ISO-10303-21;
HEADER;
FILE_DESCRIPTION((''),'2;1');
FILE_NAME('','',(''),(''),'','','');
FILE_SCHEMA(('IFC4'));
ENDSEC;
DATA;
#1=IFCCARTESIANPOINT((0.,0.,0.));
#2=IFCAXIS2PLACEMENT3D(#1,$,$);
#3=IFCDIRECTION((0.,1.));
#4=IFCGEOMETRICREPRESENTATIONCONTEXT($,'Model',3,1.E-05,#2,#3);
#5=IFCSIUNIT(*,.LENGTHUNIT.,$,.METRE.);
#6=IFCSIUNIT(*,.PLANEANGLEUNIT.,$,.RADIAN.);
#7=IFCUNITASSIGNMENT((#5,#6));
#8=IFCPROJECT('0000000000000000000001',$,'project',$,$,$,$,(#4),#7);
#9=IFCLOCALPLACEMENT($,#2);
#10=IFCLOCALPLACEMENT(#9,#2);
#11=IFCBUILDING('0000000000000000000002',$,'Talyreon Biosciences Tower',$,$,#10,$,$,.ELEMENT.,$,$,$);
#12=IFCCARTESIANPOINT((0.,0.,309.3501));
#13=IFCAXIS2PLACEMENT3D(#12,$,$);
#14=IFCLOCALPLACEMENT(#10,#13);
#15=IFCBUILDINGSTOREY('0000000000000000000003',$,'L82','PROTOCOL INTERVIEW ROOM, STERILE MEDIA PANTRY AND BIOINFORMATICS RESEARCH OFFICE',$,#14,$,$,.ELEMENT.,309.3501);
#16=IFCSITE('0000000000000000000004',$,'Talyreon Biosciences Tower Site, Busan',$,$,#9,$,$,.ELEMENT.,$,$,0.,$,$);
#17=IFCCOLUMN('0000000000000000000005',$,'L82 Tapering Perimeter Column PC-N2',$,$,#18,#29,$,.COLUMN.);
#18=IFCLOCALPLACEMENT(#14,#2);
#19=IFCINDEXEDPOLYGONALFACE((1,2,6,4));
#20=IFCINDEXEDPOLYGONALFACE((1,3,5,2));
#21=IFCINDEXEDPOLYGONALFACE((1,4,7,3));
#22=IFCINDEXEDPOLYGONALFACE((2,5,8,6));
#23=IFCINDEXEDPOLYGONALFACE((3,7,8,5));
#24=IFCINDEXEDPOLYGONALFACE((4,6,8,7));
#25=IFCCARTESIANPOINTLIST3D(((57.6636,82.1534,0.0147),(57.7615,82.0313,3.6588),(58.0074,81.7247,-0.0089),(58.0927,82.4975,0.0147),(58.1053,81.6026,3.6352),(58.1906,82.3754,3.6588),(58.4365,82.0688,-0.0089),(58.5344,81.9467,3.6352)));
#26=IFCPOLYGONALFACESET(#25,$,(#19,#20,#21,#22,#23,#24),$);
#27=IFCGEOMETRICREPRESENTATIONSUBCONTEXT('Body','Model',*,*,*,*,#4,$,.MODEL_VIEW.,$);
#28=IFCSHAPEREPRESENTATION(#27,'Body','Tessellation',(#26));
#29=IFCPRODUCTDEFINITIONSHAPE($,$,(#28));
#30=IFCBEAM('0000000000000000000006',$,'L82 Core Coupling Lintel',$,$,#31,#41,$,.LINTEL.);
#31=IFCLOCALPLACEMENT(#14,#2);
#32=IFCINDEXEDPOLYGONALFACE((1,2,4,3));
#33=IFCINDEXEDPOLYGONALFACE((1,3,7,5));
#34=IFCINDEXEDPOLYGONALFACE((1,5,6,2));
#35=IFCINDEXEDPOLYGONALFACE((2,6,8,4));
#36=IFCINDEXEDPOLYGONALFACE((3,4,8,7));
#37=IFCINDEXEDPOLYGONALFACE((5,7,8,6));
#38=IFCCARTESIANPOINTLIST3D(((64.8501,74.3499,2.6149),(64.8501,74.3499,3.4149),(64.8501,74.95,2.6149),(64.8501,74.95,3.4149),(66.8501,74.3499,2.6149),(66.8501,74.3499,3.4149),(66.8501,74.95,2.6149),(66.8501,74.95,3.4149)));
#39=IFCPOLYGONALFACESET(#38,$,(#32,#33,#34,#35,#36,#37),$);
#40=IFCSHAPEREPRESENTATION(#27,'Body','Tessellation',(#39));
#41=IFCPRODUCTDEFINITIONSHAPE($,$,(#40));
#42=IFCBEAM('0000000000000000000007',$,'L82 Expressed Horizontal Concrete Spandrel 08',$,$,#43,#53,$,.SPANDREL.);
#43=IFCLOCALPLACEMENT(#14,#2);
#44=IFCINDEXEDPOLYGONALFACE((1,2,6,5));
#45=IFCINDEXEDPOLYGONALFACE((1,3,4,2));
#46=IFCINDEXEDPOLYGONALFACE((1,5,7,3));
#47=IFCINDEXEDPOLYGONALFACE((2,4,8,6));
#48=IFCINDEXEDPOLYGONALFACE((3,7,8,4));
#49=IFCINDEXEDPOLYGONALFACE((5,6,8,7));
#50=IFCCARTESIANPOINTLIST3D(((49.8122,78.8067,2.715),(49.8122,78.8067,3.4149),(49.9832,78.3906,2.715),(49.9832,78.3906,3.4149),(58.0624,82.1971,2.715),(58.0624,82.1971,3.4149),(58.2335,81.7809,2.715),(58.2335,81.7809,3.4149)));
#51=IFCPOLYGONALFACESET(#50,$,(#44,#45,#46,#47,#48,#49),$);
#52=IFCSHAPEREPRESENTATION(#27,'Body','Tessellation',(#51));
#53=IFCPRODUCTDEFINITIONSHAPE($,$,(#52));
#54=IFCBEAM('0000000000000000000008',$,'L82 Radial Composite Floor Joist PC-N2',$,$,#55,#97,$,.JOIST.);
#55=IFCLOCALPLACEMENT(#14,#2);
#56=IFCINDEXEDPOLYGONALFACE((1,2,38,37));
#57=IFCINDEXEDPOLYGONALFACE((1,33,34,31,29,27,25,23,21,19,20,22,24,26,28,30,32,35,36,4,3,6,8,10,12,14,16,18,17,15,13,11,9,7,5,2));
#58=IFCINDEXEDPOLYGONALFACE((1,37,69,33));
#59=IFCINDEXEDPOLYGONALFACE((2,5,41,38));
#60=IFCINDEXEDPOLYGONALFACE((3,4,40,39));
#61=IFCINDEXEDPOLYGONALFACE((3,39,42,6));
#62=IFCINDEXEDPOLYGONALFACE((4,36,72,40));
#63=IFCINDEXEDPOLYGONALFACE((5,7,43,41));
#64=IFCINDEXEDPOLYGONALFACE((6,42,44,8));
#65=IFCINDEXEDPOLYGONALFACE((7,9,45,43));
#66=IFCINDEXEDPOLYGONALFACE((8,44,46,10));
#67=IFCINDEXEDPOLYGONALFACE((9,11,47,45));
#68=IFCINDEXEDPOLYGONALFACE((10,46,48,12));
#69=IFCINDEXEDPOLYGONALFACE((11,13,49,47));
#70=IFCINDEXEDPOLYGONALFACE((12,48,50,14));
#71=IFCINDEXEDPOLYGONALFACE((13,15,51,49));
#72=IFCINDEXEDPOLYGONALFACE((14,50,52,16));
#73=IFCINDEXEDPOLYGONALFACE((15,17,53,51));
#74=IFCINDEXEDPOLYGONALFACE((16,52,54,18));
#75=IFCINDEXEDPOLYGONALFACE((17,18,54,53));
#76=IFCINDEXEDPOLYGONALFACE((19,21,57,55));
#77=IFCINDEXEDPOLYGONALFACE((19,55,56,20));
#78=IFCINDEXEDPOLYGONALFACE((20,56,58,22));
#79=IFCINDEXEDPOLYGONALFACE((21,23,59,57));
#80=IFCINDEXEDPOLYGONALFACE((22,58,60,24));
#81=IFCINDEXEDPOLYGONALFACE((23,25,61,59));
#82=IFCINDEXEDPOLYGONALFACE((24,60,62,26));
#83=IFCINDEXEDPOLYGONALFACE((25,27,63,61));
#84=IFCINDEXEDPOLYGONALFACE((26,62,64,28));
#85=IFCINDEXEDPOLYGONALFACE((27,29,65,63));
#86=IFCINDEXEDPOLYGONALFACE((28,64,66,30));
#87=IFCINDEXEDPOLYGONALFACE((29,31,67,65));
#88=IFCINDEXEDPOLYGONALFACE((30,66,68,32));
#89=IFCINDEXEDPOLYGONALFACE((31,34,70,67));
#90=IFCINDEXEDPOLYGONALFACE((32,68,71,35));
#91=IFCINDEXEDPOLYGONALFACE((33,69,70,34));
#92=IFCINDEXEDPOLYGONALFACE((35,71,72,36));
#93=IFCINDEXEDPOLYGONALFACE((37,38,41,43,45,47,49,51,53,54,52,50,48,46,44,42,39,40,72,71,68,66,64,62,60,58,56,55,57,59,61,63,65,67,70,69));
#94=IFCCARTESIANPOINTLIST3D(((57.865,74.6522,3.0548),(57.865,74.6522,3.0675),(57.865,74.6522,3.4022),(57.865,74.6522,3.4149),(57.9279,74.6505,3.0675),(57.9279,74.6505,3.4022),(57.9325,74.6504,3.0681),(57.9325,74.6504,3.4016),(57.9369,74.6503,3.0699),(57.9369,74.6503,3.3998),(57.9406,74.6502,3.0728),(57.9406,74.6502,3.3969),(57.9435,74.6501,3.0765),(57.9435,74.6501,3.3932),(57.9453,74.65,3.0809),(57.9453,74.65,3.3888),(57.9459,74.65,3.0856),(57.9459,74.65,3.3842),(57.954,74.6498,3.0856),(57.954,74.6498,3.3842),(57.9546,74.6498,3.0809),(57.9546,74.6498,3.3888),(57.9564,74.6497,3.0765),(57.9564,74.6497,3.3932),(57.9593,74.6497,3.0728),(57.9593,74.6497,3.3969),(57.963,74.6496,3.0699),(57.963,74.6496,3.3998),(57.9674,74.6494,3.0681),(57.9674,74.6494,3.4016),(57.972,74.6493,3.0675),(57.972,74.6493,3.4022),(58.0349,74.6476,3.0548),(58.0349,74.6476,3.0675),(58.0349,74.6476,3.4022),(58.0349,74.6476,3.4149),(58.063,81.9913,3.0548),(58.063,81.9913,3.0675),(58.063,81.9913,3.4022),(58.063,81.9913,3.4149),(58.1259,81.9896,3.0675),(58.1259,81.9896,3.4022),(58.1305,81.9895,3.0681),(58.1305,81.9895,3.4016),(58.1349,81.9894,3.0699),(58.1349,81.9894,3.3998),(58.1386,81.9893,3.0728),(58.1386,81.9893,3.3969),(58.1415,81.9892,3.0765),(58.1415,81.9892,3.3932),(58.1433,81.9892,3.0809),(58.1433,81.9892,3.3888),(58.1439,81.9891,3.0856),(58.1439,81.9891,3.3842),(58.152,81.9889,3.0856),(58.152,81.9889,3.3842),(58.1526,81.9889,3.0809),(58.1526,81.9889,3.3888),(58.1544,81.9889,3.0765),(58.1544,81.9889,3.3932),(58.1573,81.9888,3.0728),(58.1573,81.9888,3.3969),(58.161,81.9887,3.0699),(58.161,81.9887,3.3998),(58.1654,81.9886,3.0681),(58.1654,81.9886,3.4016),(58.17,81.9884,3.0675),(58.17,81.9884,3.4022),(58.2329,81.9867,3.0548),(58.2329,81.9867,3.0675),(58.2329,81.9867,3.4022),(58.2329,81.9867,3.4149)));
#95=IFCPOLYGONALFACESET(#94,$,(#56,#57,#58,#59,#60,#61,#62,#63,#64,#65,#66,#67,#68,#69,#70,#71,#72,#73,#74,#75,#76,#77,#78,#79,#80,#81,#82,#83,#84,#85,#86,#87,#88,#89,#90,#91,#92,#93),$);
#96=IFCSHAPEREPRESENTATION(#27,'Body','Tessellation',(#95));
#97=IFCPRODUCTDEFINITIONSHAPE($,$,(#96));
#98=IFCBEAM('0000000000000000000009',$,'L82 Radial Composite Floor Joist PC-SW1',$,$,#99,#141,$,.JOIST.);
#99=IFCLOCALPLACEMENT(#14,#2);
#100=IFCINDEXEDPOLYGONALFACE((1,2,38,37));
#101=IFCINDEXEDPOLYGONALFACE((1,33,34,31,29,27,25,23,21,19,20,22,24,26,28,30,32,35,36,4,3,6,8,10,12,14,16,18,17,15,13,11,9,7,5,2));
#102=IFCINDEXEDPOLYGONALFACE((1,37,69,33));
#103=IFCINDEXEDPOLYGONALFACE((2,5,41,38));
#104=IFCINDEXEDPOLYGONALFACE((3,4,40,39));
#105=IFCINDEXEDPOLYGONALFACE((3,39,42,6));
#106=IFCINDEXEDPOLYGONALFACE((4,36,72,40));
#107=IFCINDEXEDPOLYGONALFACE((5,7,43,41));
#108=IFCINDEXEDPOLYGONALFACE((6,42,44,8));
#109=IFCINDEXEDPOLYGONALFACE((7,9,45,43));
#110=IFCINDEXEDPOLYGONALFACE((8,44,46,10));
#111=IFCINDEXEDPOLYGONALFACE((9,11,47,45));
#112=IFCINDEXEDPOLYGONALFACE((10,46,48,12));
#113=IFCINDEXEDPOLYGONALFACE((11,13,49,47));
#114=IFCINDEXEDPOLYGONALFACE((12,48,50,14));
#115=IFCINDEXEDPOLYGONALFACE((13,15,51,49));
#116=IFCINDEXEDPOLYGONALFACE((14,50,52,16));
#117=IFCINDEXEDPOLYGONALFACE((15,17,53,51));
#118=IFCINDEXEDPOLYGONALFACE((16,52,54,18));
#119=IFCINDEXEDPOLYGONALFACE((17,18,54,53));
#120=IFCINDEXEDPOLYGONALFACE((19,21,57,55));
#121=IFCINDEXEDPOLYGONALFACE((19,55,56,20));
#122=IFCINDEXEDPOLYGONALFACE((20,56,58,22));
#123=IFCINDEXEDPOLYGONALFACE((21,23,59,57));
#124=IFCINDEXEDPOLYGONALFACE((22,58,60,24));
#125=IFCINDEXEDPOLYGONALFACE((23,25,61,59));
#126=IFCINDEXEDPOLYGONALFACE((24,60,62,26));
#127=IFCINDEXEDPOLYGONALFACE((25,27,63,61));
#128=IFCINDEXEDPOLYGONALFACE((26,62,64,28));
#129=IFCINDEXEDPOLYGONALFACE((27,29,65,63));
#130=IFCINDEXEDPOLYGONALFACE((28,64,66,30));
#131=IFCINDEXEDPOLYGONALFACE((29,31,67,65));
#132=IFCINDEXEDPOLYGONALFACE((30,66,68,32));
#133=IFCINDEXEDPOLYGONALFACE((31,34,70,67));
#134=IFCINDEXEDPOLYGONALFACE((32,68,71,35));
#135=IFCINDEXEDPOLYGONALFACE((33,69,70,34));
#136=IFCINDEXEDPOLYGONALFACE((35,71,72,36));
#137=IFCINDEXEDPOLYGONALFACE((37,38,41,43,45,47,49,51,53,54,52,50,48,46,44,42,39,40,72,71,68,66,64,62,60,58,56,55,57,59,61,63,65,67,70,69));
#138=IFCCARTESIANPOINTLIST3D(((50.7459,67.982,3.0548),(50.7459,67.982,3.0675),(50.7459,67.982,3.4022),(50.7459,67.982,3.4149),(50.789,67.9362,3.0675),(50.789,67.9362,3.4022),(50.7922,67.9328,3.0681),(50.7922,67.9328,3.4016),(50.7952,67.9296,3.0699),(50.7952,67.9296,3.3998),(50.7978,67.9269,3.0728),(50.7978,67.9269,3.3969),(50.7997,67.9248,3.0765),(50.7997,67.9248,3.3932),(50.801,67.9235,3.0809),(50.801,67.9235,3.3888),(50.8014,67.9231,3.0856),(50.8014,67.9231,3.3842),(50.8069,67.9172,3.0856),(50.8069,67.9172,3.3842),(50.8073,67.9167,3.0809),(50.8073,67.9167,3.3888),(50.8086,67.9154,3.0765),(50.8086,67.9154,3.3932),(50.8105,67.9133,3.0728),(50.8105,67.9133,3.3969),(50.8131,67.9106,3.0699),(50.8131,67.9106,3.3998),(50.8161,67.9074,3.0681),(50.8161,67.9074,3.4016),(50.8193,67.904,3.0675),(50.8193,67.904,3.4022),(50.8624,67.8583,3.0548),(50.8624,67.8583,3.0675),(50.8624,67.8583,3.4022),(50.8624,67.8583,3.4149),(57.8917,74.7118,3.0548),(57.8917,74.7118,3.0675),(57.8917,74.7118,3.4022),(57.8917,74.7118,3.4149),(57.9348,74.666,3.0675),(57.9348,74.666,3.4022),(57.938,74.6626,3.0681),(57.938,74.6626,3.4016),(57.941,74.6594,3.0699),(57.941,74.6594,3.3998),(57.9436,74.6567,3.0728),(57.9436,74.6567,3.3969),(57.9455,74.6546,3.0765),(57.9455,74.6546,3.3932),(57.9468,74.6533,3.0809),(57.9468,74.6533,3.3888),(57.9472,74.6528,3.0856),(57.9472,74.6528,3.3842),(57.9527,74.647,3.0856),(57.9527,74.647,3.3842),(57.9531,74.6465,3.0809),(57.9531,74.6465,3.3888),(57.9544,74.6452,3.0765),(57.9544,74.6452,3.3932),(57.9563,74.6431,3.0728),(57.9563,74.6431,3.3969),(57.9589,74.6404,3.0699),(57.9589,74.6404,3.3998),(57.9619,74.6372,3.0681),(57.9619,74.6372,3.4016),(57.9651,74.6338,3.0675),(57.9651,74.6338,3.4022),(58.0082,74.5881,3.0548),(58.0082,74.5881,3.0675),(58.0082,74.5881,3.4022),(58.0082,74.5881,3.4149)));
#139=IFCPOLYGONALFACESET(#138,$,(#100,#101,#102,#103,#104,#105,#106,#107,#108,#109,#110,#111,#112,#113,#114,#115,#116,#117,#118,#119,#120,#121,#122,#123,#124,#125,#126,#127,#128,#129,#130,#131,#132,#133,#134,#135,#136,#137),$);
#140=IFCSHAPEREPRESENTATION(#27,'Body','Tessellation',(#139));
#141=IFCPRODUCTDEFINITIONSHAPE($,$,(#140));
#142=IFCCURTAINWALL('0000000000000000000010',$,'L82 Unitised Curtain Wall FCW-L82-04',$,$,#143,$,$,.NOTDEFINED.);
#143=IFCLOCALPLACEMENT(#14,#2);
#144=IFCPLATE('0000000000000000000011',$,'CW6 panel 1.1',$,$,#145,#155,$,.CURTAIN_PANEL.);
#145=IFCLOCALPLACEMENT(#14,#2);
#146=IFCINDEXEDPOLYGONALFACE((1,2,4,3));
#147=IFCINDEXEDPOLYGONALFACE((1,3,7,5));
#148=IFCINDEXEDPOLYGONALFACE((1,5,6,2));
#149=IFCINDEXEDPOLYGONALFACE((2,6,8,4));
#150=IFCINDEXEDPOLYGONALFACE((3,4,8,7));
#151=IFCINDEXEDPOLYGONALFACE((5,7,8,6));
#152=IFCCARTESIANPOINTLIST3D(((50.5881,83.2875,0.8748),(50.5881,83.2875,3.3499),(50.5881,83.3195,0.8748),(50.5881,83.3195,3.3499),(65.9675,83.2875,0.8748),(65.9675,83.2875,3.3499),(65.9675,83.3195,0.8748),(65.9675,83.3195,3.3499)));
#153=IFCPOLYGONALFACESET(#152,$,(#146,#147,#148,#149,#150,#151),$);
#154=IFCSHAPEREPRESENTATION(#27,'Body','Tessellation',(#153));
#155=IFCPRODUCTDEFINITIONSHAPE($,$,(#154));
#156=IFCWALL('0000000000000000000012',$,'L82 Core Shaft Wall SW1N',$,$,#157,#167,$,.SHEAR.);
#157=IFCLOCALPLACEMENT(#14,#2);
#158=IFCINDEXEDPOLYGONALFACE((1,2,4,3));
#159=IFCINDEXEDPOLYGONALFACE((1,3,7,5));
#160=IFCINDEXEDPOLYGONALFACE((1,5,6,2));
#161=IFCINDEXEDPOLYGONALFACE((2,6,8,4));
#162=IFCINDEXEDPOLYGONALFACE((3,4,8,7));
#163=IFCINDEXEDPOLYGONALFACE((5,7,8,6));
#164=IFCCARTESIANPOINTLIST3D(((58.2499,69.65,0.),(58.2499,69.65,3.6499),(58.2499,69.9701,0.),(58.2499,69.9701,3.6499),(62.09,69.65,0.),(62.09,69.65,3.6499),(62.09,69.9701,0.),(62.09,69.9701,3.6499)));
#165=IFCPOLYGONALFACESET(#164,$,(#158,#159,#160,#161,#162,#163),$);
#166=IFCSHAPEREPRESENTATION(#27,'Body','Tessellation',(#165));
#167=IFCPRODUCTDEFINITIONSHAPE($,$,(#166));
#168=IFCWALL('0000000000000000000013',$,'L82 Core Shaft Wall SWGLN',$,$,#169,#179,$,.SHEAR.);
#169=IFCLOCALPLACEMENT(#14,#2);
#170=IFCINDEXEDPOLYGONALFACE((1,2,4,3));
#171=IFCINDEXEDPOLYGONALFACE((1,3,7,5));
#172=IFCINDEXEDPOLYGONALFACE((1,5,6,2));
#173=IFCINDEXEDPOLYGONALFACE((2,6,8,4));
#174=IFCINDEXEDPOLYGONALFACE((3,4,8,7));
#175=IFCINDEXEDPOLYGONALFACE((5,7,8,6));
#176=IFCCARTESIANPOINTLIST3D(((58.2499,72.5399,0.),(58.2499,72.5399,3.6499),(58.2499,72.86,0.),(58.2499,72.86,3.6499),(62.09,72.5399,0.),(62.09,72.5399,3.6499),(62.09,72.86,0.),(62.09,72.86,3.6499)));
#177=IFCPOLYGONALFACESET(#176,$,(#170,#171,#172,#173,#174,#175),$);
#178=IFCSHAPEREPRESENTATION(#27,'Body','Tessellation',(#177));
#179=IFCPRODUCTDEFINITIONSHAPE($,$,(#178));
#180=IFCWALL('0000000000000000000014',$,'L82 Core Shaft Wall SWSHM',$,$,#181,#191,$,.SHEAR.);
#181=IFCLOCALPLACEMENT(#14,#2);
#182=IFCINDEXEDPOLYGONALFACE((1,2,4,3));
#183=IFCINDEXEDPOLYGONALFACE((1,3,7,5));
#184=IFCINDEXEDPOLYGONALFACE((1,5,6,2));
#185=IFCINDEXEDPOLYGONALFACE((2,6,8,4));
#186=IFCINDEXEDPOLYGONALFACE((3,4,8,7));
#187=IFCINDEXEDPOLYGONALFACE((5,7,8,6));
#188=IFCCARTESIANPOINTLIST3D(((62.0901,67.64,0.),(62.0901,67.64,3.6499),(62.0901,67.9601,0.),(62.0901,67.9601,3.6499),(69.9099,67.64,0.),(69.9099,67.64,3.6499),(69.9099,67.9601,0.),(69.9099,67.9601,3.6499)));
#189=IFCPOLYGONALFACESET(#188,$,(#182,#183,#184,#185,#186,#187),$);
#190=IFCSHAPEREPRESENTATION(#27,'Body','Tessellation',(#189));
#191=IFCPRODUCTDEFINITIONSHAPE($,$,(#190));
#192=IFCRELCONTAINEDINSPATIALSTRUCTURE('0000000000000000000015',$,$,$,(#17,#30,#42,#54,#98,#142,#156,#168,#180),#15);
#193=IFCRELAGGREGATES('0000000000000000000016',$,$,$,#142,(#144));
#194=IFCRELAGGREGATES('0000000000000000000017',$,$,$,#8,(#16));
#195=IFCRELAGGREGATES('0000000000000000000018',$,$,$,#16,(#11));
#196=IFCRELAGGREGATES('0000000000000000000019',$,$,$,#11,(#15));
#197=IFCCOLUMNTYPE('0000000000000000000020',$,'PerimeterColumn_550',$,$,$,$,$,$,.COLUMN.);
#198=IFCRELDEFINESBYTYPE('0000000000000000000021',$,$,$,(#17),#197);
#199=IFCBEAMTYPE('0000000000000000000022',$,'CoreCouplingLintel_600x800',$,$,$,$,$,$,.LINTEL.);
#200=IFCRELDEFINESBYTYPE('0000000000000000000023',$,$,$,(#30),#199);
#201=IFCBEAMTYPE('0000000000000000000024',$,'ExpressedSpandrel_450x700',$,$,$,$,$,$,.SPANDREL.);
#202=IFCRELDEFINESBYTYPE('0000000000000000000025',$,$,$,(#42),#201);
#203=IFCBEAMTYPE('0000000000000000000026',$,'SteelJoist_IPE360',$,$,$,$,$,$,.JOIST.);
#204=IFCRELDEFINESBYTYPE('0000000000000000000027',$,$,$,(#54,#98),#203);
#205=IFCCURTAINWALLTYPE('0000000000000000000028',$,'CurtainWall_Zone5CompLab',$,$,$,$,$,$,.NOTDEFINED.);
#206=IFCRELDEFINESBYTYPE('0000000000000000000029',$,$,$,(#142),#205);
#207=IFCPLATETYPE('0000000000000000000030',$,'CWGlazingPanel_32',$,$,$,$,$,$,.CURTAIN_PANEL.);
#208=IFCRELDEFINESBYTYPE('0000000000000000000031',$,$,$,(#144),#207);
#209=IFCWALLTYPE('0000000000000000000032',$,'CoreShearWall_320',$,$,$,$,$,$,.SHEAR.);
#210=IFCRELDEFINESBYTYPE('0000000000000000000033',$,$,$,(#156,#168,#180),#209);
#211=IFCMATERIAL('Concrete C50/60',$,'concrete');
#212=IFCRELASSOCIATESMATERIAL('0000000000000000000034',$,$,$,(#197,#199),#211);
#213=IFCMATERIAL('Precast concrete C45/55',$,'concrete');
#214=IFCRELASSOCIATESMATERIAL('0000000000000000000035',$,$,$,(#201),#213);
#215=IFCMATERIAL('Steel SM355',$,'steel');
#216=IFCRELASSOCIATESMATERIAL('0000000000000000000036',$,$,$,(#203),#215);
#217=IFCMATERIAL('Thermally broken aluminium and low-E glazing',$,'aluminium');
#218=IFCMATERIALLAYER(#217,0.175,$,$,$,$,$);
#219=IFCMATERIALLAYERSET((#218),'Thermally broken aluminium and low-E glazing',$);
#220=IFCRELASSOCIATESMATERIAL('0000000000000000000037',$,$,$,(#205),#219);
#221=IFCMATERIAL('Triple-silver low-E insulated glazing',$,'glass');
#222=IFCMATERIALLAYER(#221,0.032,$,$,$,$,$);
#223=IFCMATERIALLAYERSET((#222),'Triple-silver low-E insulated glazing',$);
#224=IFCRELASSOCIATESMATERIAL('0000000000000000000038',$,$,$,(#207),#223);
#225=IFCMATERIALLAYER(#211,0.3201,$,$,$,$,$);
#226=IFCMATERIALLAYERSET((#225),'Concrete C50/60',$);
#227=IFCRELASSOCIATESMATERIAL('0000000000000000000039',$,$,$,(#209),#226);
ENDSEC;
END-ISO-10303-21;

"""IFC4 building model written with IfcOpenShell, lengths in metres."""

from ifc_helpers import new_model, si_unit, direction, frame, frame_2d, origin, origin_2d, place, context, subcontext, project, spatial, rectangle, i_section, extrude, material, layer, layer_set, material_profile, profile_set, type_object, element, aggregate, save


model = new_model("IFC4")

# Units and contexts
model_context = context("Model", 3, precision=1e-05, world=origin(), true_north=direction((0.0, 1.0)))
body_context = subcontext(model_context, "Body", "Model", "MODEL_VIEW")
ifc_project = project(units=[si_unit("LENGTHUNIT", "METRE"), si_unit("PLANEANGLEUNIT", "RADIAN")], contexts=[model_context])

# Site, building, storey
site_placement = place(None, origin())
site = spatial("IfcSite", under=ifc_project, at=site_placement, Name="Talyreon Biosciences Tower Site, Busan", CompositionType="ELEMENT", RefElevation=0.0)
building_placement = place(site_placement, origin())
building = spatial("IfcBuilding", under=site, at=building_placement, Name="Talyreon Biosciences Tower", CompositionType="ELEMENT")
storey_placement = place(building_placement, frame((0.0, 0.0, 309.3501)))
storey = spatial("IfcBuildingStorey", under=building, at=storey_placement, Name="L82", Description="PROTOCOL INTERVIEW ROOM, STERILE MEDIA PANTRY AND BIOINFORMATICS RESEARCH OFFICE", CompositionType="ELEMENT", Elevation=309.3501)

# Column
ifc_material_1 = material(Name="Concrete C50/60", Category="concrete")
ifc_material_profile_1 = material_profile(ifc_material_1, rectangle(XDim=0.55, YDim=0.55, at=origin_2d()), Name="RC 550x550")
ifc_profile_set_1 = profile_set([ifc_material_profile_1], Name="Concrete C50/60")
column_type = type_object("IfcColumnType", Name="PerimeterColumn_550", PredefinedType="COLUMN", material=ifc_profile_set_1)
column_placement = place(storey_placement, frame((58.05, 82.1111, 0.0029), z_axis=(0.026841, -0.033468, 0.999079), x_axis=(-0.780107, -0.625646, 0.0)))
element("IfcColumn", 1, at=column_placement, inside=storey, type_object=column_type, Name="L82 Tapering Perimeter Column PC-N2", PredefinedType="COLUMN", context=body_context, shape_type="SweptSolid", body=[
    extrude(rectangle(XDim=0.55, YDim=0.55, at=origin_2d()), origin(), (0.0, 0.0, 1.0), 3.6475),
])

# Beams
ifc_material_profile_2 = material_profile(ifc_material_1, rectangle(XDim=0.6001, YDim=0.8, at=origin_2d()), Name="RCB 600x800")
ifc_profile_set_2 = profile_set([ifc_material_profile_2], Name="Concrete C50/60")
beam_type_1 = type_object("IfcBeamType", Name="CoreCouplingLintel_600x800", PredefinedType="LINTEL", material=ifc_profile_set_2)
beam_1_placement = place(storey_placement, frame((64.8501, 74.6499, 3.0149), z_axis=(1.0, 0.0, 0.0), x_axis=(0.0, 1.0, 0.0)))
element("IfcBeam", 2, at=beam_1_placement, inside=storey, type_object=beam_type_1, Name="L82 Core Coupling Lintel", PredefinedType="LINTEL", context=body_context, shape_type="SweptSolid", body=[
    extrude(rectangle(XDim=0.6001, YDim=0.8, at=origin_2d()), origin(), (0.0, 0.0, 1.0), 2.0),
])
ifc_material_2 = material(Name="Precast concrete C45/55", Category="concrete")
ifc_material_profile_3 = material_profile(ifc_material_2, rectangle(XDim=0.45, YDim=0.7, at=origin_2d()), Name="RCB 450x700")
ifc_profile_set_3 = profile_set([ifc_material_profile_3], Name="Precast concrete C45/55")
beam_type_2 = type_object("IfcBeamType", Name="ExpressedSpandrel_450x700", PredefinedType="SPANDREL", material=ifc_profile_set_3)
beam_2_placement = place(storey_placement, frame((58.1479, 81.989, 3.0649), z_axis=(-0.924945, -0.3801, 0.0), x_axis=(0.3801, -0.924945, 0.0)))
element("IfcBeam", 3, at=beam_2_placement, inside=storey, type_object=beam_type_2, Name="L82 Expressed Horizontal Concrete Spandrel 08", PredefinedType="SPANDREL", context=body_context, shape_type="SweptSolid", body=[
    extrude(rectangle(XDim=0.45, YDim=0.7, at=origin_2d()), origin(), (0.0, 0.0, 1.0), 8.9197),
])
ifc_material_3 = material(Name="Steel SM355", Category="steel")
ifc_material_profile_4 = material_profile(ifc_material_3, i_section(OverallWidth=0.1699, OverallDepth=0.3601, WebThickness=0.0081, FlangeThickness=0.0127, FilletRadius=0.0181, at=origin_2d()), Name="IPE360")
ifc_profile_set_4 = profile_set([ifc_material_profile_4], Name="Steel SM355")
beam_type_3 = type_object("IfcBeamType", Name="SteelJoist_IPE360", PredefinedType="JOIST", material=ifc_profile_set_4)
beam_3_placement = place(storey_placement, frame((57.95, 74.6499, 3.2349), z_axis=(0.026969, 0.999636, 0.0), x_axis=(-0.999636, 0.026969, 0.0)))
element("IfcBeam", 4, at=beam_3_placement, inside=storey, type_object=beam_type_3, Name="L82 Radial Composite Floor Joist PC-N2", PredefinedType="JOIST", context=body_context, shape_type="SweptSolid", body=[
    extrude(i_section(OverallWidth=0.1699, OverallDepth=0.3601, WebThickness=0.0081, FlangeThickness=0.0127, FilletRadius=0.0181, at=origin_2d()), origin(), (0.0, 0.0, 1.0), 7.3418),
])
beam_4_placement = place(storey_placement, frame((57.95, 74.6499, 3.2349), z_axis=(-0.72798, -0.685598, 0.0), x_axis=(0.685598, -0.72798, 0.0)))
element("IfcBeam", 5, at=beam_4_placement, inside=storey, type_object=beam_type_3, Name="L82 Radial Composite Floor Joist PC-SW1", PredefinedType="JOIST", context=body_context, shape_type="SweptSolid", body=[
    extrude(i_section(OverallWidth=0.1699, OverallDepth=0.3601, WebThickness=0.0081, FlangeThickness=0.0127, FilletRadius=0.0181, at=origin_2d()), origin(), (0.0, 0.0, 1.0), 9.8159),
])

# Curtain wall, plate
ifc_material_4 = material(Name="Thermally broken aluminium and low-E glazing", Category="aluminium")
ifc_layer_1 = layer(ifc_material_4, 0.175)
ifc_layer_set_1 = layer_set([ifc_layer_1], Name="Thermally broken aluminium and low-E glazing")
curtain_wall_type = type_object("IfcCurtainWallType", Name="CurtainWall_Zone5CompLab", PredefinedType="NOTDEFINED", material=ifc_layer_set_1)
curtain_wall_placement = place(storey_placement, origin())
curtain_wall = element("IfcCurtainWall", 6, at=curtain_wall_placement, inside=storey, type_object=curtain_wall_type, Name="L82 Unitised Curtain Wall FCW-L82-04", PredefinedType="NOTDEFINED")
ifc_material_5 = material(Name="Triple-silver low-E insulated glazing", Category="glass")
ifc_layer_2 = layer(ifc_material_5, 0.032)
ifc_layer_set_2 = layer_set([ifc_layer_2], Name="Triple-silver low-E insulated glazing")
plate_type = type_object("IfcPlateType", Name="CWGlazingPanel_32", PredefinedType="CURTAIN_PANEL", material=ifc_layer_set_2)
plate_placement = place(storey_placement, frame((58.2778, 83.3035, 0.8748), z_axis=(0.0, 0.0, 1.0), x_axis=(1.0, 0.0, 0.0)))
plate = element("IfcPlate", 7, at=plate_placement, type_object=plate_type, Name="CW6 panel 1.1", PredefinedType="CURTAIN_PANEL", context=body_context, shape_type="SweptSolid", body=[
    extrude(rectangle(XDim=15.3794, YDim=0.032, at=origin_2d()), origin(), (0.0, 0.0, 1.0), 2.4751),
])
aggregate(curtain_wall, [plate])

# Walls
ifc_layer_3 = layer(ifc_material_1, 0.3201)
ifc_layer_set_3 = layer_set([ifc_layer_3], Name="Concrete C50/60")
wall_type_1 = type_object("IfcWallType", Name="CoreShearWall_320", PredefinedType="SHEAR", material=ifc_layer_set_3)
for number, where, z_axis, x_axis, name in (
    (8, (58.25, 69.8101, 0.0), (0.0, 0.0, 1.0), (1.0, 0.0, 0.0), "L82 Core Shaft Wall SW1N"),
    (9, (58.25, 72.7, 0.0), (0.0, 0.0, 1.0), (1.0, 0.0, 0.0), "L82 Core Shaft Wall SWGLN"),
):
    element("IfcWall", number, at=place(storey_placement, frame(where, z_axis=z_axis, x_axis=x_axis)), inside=storey, type_object=wall_type_1, Name=name, PredefinedType="SHEAR", context=body_context, shape_type="SweptSolid", body=[
        extrude(rectangle(XDim=3.8401, YDim=0.3201, at=frame_2d((1.9199, 0.0))), origin(), (0.0, 0.0, 1.0), 3.6499),
    ])
wall_1_placement = place(storey_placement, frame((62.0901, 67.8, 0.0), z_axis=(0.0, 0.0, 1.0), x_axis=(1.0, 0.0, 0.0)))
element("IfcWall", 10, at=wall_1_placement, inside=storey, type_object=wall_type_1, Name="L82 Core Shaft Wall SWSHM", PredefinedType="SHEAR", context=body_context, shape_type="SweptSolid", body=[
    extrude(rectangle(XDim=7.8198, YDim=0.3201, at=frame_2d((3.9099, 0.0))), origin(), (0.0, 0.0, 1.0), 3.6499),
])

save(model, "model.ifc")
